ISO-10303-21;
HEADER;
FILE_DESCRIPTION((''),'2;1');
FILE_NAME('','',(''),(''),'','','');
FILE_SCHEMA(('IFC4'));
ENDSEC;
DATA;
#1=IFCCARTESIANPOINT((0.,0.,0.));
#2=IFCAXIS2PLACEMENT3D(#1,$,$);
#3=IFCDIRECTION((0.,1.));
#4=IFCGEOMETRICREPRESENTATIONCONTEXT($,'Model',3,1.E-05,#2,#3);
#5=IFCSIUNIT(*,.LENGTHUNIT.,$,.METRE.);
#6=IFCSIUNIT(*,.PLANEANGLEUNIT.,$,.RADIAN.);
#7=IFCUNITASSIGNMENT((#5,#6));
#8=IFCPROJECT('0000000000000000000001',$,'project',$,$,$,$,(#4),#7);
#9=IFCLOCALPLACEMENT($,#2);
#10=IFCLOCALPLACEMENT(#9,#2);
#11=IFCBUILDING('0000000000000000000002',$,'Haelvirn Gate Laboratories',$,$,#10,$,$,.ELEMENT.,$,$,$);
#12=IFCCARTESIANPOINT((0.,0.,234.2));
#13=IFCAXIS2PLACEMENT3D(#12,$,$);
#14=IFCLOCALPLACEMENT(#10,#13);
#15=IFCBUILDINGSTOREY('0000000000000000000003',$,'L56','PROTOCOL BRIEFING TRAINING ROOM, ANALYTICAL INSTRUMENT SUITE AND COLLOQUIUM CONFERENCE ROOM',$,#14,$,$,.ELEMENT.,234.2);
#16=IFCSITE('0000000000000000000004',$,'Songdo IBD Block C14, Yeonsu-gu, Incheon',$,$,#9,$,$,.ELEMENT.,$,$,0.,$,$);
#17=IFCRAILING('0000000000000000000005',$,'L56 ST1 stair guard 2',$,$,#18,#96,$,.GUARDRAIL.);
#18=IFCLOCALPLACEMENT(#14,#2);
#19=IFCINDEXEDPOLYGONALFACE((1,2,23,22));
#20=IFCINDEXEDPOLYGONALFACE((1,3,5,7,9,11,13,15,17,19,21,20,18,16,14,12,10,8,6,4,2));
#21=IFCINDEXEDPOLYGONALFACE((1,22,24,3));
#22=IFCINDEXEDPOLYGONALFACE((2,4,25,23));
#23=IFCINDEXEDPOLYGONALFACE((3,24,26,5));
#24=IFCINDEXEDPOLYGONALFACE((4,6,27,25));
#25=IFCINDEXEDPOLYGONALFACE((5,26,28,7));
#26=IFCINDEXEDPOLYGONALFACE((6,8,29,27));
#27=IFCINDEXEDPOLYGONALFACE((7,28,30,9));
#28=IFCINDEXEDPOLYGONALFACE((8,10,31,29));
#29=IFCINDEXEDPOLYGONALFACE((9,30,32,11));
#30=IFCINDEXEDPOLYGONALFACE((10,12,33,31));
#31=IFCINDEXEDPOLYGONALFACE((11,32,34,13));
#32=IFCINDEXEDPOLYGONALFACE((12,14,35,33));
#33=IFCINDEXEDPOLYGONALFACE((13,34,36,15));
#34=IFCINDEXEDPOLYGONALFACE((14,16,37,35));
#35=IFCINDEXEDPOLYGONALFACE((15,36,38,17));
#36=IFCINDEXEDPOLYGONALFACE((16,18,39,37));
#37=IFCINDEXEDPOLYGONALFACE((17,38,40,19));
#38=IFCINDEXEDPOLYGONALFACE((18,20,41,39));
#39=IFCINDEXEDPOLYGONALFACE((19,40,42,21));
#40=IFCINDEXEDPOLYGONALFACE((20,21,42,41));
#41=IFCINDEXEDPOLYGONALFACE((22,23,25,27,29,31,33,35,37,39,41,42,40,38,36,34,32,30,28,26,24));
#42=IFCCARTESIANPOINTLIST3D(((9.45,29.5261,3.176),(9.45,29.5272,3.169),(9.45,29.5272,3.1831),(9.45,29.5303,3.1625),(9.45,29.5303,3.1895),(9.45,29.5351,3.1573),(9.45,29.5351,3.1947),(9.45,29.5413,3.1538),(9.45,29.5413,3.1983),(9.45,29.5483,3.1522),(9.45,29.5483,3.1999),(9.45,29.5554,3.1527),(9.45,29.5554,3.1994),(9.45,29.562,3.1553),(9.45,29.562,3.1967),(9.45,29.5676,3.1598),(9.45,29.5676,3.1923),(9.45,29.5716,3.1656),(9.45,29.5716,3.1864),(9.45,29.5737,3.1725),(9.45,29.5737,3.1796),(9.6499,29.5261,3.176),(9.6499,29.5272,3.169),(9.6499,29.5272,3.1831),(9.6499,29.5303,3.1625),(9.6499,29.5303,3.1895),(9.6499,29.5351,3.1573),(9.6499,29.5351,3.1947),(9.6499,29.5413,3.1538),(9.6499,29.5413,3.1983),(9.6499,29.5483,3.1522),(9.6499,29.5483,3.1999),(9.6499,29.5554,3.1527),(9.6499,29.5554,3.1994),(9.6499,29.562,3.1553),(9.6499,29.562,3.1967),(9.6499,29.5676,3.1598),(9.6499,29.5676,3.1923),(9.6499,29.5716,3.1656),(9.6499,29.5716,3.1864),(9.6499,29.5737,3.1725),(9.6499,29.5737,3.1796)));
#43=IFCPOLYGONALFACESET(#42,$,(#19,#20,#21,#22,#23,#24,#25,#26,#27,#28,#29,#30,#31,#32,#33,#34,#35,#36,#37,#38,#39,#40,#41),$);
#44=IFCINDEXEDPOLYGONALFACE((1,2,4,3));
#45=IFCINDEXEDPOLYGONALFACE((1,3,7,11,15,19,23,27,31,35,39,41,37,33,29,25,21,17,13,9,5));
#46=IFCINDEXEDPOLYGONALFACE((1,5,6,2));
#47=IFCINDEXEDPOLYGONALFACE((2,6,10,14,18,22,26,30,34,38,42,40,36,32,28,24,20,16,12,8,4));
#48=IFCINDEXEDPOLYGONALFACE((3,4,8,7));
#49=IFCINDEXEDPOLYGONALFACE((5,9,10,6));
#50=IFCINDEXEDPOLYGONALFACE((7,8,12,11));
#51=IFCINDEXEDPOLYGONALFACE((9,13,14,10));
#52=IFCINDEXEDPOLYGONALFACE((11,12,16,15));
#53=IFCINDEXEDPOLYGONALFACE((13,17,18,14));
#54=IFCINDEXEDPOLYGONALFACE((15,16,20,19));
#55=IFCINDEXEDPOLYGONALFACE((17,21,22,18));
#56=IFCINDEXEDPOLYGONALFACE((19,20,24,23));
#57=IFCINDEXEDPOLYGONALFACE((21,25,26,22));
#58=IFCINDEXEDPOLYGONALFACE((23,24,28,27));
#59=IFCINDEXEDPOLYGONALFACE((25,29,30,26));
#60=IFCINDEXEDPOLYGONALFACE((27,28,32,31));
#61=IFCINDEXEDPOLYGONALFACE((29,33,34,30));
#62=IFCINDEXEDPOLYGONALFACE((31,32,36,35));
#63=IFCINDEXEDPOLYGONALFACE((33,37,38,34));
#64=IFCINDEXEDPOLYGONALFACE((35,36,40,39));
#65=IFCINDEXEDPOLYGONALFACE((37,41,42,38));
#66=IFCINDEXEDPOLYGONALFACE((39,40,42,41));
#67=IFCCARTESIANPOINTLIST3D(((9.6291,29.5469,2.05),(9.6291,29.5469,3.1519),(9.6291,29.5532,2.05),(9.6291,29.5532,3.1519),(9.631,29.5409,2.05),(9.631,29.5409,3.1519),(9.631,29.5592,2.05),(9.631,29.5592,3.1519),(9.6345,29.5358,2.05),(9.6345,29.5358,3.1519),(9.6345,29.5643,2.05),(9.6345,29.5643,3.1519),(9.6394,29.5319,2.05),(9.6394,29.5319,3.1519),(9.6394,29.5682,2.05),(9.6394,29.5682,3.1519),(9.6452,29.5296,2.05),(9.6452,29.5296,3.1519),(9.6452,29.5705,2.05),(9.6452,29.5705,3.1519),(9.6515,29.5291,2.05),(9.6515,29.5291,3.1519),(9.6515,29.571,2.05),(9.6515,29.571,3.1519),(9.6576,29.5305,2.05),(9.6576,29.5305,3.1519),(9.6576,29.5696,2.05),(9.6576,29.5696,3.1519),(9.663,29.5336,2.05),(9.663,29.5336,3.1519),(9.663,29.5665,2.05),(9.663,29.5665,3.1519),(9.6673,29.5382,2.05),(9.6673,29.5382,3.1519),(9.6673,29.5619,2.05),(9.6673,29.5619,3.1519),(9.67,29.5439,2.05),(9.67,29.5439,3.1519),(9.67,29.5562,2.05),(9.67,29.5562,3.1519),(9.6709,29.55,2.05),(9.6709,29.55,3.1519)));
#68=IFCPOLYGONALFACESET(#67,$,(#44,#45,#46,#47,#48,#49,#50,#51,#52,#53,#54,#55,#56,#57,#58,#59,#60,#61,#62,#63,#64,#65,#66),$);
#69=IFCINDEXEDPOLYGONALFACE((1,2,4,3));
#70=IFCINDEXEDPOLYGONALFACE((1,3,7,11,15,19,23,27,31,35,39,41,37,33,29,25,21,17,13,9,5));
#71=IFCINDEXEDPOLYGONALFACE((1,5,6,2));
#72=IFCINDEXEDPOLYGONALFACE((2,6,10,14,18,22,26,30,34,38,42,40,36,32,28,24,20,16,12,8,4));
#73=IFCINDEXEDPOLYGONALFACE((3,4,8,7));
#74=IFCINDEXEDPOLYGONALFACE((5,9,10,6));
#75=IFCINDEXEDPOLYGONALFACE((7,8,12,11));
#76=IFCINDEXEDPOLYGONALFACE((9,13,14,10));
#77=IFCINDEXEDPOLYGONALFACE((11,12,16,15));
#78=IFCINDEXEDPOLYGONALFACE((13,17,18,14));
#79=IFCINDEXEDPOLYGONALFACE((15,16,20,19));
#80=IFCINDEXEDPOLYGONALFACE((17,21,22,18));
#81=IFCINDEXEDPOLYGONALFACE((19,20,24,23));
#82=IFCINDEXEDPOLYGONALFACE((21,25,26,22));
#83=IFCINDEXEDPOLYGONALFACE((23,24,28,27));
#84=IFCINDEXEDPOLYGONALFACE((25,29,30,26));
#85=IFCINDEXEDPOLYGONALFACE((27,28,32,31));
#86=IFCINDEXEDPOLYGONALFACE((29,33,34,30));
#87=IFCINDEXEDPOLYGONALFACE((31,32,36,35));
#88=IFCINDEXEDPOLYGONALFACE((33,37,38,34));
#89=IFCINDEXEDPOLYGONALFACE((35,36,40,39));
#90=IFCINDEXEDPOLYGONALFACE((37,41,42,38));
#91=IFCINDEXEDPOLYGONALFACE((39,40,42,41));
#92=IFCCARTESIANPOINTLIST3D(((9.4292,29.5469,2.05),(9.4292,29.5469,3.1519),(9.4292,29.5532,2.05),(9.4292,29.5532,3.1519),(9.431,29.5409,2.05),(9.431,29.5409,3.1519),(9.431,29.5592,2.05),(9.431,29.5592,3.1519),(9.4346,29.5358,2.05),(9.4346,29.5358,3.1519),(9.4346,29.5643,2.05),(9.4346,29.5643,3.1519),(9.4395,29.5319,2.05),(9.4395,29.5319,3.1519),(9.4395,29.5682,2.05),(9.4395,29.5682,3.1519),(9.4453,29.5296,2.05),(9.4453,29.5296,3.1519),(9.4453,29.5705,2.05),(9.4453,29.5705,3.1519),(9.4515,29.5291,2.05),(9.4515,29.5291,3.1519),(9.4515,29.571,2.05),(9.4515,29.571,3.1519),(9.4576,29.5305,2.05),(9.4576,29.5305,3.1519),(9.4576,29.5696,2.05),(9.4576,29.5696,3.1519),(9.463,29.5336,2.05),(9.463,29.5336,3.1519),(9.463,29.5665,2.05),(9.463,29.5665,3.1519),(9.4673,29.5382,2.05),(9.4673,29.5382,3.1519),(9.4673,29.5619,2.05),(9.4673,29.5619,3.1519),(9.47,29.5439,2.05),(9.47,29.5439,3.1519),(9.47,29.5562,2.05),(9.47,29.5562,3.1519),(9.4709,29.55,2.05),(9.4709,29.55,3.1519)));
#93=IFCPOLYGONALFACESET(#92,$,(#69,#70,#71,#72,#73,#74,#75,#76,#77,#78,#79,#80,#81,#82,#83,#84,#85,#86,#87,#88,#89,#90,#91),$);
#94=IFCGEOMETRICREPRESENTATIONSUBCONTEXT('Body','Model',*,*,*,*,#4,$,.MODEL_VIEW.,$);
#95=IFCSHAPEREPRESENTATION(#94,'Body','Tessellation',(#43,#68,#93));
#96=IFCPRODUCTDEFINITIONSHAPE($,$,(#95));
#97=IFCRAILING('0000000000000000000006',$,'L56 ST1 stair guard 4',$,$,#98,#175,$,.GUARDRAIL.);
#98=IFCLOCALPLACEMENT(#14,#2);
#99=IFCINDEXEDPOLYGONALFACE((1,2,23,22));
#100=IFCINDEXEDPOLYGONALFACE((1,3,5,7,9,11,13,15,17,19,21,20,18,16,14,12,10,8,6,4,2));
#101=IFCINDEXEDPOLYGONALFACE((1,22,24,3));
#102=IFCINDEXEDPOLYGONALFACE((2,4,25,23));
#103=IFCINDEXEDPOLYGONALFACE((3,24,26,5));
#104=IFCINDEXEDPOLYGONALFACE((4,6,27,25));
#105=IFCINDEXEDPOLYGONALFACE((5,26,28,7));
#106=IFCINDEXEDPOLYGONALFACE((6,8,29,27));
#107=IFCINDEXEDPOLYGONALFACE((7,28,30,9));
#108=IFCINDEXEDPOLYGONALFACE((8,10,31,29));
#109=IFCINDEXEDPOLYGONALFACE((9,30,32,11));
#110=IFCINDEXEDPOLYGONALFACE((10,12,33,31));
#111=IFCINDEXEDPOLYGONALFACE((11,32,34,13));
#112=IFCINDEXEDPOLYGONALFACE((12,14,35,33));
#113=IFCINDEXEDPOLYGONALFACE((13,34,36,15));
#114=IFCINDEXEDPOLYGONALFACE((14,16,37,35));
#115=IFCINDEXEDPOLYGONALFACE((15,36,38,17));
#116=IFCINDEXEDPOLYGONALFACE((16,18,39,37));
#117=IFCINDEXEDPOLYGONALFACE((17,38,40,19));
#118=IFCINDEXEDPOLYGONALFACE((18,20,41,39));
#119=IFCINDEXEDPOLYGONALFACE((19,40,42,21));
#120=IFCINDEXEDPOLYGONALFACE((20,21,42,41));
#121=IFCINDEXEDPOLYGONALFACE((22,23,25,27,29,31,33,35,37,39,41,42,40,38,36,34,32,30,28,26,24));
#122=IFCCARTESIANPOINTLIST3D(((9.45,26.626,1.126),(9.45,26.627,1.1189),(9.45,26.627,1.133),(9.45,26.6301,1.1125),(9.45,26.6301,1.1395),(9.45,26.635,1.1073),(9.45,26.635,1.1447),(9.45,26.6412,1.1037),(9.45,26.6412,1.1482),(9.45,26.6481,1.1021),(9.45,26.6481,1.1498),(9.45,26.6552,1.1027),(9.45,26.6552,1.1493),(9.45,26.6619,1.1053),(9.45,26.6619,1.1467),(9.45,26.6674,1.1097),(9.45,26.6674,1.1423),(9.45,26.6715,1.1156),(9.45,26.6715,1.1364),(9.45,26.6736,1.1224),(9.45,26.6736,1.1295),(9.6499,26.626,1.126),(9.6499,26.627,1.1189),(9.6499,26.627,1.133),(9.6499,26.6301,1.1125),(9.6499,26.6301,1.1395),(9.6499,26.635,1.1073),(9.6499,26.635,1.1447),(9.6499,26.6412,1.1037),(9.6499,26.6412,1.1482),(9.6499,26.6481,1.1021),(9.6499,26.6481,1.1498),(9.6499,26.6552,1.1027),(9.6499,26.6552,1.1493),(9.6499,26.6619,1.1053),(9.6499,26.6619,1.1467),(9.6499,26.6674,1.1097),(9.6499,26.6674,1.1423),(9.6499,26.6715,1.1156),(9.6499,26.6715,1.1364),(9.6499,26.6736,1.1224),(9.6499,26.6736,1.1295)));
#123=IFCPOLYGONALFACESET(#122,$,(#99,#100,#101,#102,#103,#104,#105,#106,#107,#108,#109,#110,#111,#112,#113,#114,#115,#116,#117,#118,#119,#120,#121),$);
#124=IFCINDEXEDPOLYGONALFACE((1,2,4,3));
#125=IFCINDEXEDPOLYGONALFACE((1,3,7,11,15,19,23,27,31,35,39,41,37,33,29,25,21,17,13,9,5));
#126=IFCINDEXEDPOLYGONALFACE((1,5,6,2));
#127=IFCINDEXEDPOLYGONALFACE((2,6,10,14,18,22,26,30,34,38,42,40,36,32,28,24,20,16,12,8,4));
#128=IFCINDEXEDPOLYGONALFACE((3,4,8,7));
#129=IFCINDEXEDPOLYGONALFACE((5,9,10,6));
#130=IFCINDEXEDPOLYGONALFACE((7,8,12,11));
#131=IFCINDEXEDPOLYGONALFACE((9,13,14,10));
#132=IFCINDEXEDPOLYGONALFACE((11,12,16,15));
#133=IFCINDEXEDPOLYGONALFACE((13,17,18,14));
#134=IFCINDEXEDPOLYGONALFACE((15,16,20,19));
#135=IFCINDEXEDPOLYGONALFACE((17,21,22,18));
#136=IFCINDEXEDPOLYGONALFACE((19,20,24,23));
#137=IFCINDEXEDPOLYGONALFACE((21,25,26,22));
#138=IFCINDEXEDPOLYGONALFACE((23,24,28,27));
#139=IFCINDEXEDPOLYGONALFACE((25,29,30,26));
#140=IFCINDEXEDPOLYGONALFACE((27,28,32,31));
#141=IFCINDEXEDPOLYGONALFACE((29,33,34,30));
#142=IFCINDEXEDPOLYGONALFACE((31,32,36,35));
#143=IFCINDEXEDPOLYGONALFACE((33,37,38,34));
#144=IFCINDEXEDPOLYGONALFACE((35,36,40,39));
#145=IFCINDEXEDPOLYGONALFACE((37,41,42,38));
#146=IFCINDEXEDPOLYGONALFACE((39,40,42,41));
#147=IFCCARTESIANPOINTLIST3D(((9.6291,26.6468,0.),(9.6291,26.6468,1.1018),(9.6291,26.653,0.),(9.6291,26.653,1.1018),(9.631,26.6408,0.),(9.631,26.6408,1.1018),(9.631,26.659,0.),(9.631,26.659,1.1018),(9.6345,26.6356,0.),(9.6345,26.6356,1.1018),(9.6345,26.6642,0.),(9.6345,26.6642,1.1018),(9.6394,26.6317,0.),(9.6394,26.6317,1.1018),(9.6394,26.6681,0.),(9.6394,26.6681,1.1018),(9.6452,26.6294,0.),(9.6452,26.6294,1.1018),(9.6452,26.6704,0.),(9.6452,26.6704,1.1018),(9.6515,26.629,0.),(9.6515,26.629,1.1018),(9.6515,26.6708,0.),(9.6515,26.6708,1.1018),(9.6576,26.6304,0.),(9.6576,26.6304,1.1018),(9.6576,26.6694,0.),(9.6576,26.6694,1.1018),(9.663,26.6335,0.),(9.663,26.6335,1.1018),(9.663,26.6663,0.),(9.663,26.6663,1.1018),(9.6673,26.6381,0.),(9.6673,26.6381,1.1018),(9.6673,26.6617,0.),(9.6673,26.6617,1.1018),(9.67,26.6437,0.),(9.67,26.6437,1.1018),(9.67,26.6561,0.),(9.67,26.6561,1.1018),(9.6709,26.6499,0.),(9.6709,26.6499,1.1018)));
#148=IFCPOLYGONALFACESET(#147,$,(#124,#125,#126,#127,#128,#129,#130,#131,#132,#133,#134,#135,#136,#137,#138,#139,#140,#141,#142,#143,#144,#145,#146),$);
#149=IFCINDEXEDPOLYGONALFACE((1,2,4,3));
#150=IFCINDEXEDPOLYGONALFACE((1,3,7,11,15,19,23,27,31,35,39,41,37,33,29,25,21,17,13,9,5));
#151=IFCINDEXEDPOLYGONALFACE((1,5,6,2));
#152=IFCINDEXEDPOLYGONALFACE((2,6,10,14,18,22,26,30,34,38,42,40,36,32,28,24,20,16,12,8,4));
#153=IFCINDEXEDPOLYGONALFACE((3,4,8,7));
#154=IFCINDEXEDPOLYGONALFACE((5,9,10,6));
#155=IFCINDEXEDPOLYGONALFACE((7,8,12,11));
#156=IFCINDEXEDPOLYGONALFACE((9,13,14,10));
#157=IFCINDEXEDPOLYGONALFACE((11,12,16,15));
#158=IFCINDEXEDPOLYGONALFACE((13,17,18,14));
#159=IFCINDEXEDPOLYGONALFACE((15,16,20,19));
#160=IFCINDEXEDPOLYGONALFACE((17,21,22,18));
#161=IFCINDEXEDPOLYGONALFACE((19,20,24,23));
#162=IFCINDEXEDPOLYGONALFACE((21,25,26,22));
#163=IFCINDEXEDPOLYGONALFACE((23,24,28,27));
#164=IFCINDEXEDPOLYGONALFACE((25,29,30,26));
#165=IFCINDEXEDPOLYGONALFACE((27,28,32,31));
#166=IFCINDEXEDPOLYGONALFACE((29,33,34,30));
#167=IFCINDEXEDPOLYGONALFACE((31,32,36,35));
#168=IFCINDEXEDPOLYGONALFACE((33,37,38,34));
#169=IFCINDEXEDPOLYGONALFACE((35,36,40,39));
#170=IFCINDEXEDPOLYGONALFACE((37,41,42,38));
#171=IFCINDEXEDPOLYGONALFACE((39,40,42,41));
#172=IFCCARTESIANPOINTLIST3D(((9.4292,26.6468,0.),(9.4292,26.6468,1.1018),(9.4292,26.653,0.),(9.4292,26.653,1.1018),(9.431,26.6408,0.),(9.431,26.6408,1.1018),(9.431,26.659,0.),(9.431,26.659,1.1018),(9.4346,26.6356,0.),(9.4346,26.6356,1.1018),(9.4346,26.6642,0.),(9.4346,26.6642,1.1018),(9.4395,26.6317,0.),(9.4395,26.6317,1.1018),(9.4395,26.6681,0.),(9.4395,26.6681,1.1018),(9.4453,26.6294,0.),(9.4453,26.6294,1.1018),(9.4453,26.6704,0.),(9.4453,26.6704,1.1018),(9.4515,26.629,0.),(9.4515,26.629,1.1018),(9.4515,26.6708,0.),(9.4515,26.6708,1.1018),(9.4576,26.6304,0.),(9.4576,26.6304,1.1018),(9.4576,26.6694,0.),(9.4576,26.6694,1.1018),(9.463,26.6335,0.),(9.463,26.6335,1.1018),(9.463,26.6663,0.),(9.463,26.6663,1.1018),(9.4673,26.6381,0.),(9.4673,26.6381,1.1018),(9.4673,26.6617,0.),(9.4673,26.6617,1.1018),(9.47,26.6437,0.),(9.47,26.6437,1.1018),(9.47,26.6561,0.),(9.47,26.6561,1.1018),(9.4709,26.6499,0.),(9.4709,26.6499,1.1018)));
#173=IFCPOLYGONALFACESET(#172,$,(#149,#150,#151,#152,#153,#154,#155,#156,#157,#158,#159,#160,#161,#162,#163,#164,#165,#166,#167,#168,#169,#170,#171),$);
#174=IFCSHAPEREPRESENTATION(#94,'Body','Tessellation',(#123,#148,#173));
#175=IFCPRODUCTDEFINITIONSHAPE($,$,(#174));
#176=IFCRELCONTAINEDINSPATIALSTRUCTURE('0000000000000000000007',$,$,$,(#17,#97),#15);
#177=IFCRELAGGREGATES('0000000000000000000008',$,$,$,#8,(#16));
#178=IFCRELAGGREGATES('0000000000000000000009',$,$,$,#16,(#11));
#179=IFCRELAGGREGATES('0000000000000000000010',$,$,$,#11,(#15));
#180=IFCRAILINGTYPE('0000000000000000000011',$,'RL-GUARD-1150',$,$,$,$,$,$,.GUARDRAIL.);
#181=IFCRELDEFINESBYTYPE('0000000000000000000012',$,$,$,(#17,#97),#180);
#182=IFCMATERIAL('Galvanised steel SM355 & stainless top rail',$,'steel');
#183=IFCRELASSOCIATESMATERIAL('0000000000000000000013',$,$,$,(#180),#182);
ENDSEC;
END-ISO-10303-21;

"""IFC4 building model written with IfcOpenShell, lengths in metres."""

from ifc_helpers import new_model, si_unit, direction, frame, origin, origin_2d, place, context, subcontext, project, spatial, circle, extrude, source, transform, mapped, material, type_object, element, save


model = new_model("IFC4")

# Units and contexts
model_context = context("Model", 3, precision=1e-05, world=origin(), true_north=direction((0.0, 1.0)))
body_context = subcontext(model_context, "Body", "Model", "MODEL_VIEW")
ifc_project = project(units=[si_unit("LENGTHUNIT", "METRE"), si_unit("PLANEANGLEUNIT", "RADIAN")], contexts=[model_context])

# Site, building, storey
site_placement = place(None, origin())
site = spatial("IfcSite", under=ifc_project, at=site_placement, Name="Songdo IBD Block C14, Yeonsu-gu, Incheon", CompositionType="ELEMENT", RefElevation=0.0)
building_placement = place(site_placement, origin())
building = spatial("IfcBuilding", under=site, at=building_placement, Name="Haelvirn Gate Laboratories", CompositionType="ELEMENT")
storey_placement = place(building_placement, frame((0.0, 0.0, 234.2)))
storey = spatial("IfcBuildingStorey", under=building, at=storey_placement, Name="L56", Description="PROTOCOL BRIEFING TRAINING ROOM, ANALYTICAL INSTRUMENT SUITE AND COLLOQUIUM CONFERENCE ROOM", CompositionType="ELEMENT", Elevation=234.2)

# Railings
ifc_material_1 = material(Name="Galvanised steel SM355 & stainless top rail", Category="steel")
railing_type_1 = type_object("IfcRailingType", Name="RL-GUARD-1150", PredefinedType="GUARDRAIL", material=ifc_material_1)
shared_shape_1 = source(origin(), body_context, "Body", "SweptSolid", [
    extrude(circle(Radius=0.0239, at=origin_2d()), frame((0.0, 0.0, 1.126), z_axis=(-1.0, 0.0, 0.0), x_axis=(0.0, -1.0, 0.0)), (0.0, 0.0, 1.0), 0.2),
    extrude(circle(Radius=0.021, at=origin_2d()), origin(), (0.0, 0.0, 1.0), 1.1018),
    extrude(circle(Radius=0.021, at=origin_2d()), frame((-0.2, 0.0, 0.0)), (0.0, 0.0, 1.0), 1.1018),
])
for number, where, name in (
    (1, (9.6499, 29.55, 2.05), "L56 ST1 stair guard 2"),
    (2, (9.6499, 26.6499, 0.0), "L56 ST1 stair guard 4"),
):
    element("IfcRailing", number, at=place(storey_placement, frame(where)), inside=storey, type_object=railing_type_1, Name=name, PredefinedType="GUARDRAIL", context=body_context, shape_type="MappedRepresentation", body=[
        mapped(shared_shape_1, transform((0.0, 0.0, 0.0), scale=1.0)),
    ])

save(model, "model.ifc")
